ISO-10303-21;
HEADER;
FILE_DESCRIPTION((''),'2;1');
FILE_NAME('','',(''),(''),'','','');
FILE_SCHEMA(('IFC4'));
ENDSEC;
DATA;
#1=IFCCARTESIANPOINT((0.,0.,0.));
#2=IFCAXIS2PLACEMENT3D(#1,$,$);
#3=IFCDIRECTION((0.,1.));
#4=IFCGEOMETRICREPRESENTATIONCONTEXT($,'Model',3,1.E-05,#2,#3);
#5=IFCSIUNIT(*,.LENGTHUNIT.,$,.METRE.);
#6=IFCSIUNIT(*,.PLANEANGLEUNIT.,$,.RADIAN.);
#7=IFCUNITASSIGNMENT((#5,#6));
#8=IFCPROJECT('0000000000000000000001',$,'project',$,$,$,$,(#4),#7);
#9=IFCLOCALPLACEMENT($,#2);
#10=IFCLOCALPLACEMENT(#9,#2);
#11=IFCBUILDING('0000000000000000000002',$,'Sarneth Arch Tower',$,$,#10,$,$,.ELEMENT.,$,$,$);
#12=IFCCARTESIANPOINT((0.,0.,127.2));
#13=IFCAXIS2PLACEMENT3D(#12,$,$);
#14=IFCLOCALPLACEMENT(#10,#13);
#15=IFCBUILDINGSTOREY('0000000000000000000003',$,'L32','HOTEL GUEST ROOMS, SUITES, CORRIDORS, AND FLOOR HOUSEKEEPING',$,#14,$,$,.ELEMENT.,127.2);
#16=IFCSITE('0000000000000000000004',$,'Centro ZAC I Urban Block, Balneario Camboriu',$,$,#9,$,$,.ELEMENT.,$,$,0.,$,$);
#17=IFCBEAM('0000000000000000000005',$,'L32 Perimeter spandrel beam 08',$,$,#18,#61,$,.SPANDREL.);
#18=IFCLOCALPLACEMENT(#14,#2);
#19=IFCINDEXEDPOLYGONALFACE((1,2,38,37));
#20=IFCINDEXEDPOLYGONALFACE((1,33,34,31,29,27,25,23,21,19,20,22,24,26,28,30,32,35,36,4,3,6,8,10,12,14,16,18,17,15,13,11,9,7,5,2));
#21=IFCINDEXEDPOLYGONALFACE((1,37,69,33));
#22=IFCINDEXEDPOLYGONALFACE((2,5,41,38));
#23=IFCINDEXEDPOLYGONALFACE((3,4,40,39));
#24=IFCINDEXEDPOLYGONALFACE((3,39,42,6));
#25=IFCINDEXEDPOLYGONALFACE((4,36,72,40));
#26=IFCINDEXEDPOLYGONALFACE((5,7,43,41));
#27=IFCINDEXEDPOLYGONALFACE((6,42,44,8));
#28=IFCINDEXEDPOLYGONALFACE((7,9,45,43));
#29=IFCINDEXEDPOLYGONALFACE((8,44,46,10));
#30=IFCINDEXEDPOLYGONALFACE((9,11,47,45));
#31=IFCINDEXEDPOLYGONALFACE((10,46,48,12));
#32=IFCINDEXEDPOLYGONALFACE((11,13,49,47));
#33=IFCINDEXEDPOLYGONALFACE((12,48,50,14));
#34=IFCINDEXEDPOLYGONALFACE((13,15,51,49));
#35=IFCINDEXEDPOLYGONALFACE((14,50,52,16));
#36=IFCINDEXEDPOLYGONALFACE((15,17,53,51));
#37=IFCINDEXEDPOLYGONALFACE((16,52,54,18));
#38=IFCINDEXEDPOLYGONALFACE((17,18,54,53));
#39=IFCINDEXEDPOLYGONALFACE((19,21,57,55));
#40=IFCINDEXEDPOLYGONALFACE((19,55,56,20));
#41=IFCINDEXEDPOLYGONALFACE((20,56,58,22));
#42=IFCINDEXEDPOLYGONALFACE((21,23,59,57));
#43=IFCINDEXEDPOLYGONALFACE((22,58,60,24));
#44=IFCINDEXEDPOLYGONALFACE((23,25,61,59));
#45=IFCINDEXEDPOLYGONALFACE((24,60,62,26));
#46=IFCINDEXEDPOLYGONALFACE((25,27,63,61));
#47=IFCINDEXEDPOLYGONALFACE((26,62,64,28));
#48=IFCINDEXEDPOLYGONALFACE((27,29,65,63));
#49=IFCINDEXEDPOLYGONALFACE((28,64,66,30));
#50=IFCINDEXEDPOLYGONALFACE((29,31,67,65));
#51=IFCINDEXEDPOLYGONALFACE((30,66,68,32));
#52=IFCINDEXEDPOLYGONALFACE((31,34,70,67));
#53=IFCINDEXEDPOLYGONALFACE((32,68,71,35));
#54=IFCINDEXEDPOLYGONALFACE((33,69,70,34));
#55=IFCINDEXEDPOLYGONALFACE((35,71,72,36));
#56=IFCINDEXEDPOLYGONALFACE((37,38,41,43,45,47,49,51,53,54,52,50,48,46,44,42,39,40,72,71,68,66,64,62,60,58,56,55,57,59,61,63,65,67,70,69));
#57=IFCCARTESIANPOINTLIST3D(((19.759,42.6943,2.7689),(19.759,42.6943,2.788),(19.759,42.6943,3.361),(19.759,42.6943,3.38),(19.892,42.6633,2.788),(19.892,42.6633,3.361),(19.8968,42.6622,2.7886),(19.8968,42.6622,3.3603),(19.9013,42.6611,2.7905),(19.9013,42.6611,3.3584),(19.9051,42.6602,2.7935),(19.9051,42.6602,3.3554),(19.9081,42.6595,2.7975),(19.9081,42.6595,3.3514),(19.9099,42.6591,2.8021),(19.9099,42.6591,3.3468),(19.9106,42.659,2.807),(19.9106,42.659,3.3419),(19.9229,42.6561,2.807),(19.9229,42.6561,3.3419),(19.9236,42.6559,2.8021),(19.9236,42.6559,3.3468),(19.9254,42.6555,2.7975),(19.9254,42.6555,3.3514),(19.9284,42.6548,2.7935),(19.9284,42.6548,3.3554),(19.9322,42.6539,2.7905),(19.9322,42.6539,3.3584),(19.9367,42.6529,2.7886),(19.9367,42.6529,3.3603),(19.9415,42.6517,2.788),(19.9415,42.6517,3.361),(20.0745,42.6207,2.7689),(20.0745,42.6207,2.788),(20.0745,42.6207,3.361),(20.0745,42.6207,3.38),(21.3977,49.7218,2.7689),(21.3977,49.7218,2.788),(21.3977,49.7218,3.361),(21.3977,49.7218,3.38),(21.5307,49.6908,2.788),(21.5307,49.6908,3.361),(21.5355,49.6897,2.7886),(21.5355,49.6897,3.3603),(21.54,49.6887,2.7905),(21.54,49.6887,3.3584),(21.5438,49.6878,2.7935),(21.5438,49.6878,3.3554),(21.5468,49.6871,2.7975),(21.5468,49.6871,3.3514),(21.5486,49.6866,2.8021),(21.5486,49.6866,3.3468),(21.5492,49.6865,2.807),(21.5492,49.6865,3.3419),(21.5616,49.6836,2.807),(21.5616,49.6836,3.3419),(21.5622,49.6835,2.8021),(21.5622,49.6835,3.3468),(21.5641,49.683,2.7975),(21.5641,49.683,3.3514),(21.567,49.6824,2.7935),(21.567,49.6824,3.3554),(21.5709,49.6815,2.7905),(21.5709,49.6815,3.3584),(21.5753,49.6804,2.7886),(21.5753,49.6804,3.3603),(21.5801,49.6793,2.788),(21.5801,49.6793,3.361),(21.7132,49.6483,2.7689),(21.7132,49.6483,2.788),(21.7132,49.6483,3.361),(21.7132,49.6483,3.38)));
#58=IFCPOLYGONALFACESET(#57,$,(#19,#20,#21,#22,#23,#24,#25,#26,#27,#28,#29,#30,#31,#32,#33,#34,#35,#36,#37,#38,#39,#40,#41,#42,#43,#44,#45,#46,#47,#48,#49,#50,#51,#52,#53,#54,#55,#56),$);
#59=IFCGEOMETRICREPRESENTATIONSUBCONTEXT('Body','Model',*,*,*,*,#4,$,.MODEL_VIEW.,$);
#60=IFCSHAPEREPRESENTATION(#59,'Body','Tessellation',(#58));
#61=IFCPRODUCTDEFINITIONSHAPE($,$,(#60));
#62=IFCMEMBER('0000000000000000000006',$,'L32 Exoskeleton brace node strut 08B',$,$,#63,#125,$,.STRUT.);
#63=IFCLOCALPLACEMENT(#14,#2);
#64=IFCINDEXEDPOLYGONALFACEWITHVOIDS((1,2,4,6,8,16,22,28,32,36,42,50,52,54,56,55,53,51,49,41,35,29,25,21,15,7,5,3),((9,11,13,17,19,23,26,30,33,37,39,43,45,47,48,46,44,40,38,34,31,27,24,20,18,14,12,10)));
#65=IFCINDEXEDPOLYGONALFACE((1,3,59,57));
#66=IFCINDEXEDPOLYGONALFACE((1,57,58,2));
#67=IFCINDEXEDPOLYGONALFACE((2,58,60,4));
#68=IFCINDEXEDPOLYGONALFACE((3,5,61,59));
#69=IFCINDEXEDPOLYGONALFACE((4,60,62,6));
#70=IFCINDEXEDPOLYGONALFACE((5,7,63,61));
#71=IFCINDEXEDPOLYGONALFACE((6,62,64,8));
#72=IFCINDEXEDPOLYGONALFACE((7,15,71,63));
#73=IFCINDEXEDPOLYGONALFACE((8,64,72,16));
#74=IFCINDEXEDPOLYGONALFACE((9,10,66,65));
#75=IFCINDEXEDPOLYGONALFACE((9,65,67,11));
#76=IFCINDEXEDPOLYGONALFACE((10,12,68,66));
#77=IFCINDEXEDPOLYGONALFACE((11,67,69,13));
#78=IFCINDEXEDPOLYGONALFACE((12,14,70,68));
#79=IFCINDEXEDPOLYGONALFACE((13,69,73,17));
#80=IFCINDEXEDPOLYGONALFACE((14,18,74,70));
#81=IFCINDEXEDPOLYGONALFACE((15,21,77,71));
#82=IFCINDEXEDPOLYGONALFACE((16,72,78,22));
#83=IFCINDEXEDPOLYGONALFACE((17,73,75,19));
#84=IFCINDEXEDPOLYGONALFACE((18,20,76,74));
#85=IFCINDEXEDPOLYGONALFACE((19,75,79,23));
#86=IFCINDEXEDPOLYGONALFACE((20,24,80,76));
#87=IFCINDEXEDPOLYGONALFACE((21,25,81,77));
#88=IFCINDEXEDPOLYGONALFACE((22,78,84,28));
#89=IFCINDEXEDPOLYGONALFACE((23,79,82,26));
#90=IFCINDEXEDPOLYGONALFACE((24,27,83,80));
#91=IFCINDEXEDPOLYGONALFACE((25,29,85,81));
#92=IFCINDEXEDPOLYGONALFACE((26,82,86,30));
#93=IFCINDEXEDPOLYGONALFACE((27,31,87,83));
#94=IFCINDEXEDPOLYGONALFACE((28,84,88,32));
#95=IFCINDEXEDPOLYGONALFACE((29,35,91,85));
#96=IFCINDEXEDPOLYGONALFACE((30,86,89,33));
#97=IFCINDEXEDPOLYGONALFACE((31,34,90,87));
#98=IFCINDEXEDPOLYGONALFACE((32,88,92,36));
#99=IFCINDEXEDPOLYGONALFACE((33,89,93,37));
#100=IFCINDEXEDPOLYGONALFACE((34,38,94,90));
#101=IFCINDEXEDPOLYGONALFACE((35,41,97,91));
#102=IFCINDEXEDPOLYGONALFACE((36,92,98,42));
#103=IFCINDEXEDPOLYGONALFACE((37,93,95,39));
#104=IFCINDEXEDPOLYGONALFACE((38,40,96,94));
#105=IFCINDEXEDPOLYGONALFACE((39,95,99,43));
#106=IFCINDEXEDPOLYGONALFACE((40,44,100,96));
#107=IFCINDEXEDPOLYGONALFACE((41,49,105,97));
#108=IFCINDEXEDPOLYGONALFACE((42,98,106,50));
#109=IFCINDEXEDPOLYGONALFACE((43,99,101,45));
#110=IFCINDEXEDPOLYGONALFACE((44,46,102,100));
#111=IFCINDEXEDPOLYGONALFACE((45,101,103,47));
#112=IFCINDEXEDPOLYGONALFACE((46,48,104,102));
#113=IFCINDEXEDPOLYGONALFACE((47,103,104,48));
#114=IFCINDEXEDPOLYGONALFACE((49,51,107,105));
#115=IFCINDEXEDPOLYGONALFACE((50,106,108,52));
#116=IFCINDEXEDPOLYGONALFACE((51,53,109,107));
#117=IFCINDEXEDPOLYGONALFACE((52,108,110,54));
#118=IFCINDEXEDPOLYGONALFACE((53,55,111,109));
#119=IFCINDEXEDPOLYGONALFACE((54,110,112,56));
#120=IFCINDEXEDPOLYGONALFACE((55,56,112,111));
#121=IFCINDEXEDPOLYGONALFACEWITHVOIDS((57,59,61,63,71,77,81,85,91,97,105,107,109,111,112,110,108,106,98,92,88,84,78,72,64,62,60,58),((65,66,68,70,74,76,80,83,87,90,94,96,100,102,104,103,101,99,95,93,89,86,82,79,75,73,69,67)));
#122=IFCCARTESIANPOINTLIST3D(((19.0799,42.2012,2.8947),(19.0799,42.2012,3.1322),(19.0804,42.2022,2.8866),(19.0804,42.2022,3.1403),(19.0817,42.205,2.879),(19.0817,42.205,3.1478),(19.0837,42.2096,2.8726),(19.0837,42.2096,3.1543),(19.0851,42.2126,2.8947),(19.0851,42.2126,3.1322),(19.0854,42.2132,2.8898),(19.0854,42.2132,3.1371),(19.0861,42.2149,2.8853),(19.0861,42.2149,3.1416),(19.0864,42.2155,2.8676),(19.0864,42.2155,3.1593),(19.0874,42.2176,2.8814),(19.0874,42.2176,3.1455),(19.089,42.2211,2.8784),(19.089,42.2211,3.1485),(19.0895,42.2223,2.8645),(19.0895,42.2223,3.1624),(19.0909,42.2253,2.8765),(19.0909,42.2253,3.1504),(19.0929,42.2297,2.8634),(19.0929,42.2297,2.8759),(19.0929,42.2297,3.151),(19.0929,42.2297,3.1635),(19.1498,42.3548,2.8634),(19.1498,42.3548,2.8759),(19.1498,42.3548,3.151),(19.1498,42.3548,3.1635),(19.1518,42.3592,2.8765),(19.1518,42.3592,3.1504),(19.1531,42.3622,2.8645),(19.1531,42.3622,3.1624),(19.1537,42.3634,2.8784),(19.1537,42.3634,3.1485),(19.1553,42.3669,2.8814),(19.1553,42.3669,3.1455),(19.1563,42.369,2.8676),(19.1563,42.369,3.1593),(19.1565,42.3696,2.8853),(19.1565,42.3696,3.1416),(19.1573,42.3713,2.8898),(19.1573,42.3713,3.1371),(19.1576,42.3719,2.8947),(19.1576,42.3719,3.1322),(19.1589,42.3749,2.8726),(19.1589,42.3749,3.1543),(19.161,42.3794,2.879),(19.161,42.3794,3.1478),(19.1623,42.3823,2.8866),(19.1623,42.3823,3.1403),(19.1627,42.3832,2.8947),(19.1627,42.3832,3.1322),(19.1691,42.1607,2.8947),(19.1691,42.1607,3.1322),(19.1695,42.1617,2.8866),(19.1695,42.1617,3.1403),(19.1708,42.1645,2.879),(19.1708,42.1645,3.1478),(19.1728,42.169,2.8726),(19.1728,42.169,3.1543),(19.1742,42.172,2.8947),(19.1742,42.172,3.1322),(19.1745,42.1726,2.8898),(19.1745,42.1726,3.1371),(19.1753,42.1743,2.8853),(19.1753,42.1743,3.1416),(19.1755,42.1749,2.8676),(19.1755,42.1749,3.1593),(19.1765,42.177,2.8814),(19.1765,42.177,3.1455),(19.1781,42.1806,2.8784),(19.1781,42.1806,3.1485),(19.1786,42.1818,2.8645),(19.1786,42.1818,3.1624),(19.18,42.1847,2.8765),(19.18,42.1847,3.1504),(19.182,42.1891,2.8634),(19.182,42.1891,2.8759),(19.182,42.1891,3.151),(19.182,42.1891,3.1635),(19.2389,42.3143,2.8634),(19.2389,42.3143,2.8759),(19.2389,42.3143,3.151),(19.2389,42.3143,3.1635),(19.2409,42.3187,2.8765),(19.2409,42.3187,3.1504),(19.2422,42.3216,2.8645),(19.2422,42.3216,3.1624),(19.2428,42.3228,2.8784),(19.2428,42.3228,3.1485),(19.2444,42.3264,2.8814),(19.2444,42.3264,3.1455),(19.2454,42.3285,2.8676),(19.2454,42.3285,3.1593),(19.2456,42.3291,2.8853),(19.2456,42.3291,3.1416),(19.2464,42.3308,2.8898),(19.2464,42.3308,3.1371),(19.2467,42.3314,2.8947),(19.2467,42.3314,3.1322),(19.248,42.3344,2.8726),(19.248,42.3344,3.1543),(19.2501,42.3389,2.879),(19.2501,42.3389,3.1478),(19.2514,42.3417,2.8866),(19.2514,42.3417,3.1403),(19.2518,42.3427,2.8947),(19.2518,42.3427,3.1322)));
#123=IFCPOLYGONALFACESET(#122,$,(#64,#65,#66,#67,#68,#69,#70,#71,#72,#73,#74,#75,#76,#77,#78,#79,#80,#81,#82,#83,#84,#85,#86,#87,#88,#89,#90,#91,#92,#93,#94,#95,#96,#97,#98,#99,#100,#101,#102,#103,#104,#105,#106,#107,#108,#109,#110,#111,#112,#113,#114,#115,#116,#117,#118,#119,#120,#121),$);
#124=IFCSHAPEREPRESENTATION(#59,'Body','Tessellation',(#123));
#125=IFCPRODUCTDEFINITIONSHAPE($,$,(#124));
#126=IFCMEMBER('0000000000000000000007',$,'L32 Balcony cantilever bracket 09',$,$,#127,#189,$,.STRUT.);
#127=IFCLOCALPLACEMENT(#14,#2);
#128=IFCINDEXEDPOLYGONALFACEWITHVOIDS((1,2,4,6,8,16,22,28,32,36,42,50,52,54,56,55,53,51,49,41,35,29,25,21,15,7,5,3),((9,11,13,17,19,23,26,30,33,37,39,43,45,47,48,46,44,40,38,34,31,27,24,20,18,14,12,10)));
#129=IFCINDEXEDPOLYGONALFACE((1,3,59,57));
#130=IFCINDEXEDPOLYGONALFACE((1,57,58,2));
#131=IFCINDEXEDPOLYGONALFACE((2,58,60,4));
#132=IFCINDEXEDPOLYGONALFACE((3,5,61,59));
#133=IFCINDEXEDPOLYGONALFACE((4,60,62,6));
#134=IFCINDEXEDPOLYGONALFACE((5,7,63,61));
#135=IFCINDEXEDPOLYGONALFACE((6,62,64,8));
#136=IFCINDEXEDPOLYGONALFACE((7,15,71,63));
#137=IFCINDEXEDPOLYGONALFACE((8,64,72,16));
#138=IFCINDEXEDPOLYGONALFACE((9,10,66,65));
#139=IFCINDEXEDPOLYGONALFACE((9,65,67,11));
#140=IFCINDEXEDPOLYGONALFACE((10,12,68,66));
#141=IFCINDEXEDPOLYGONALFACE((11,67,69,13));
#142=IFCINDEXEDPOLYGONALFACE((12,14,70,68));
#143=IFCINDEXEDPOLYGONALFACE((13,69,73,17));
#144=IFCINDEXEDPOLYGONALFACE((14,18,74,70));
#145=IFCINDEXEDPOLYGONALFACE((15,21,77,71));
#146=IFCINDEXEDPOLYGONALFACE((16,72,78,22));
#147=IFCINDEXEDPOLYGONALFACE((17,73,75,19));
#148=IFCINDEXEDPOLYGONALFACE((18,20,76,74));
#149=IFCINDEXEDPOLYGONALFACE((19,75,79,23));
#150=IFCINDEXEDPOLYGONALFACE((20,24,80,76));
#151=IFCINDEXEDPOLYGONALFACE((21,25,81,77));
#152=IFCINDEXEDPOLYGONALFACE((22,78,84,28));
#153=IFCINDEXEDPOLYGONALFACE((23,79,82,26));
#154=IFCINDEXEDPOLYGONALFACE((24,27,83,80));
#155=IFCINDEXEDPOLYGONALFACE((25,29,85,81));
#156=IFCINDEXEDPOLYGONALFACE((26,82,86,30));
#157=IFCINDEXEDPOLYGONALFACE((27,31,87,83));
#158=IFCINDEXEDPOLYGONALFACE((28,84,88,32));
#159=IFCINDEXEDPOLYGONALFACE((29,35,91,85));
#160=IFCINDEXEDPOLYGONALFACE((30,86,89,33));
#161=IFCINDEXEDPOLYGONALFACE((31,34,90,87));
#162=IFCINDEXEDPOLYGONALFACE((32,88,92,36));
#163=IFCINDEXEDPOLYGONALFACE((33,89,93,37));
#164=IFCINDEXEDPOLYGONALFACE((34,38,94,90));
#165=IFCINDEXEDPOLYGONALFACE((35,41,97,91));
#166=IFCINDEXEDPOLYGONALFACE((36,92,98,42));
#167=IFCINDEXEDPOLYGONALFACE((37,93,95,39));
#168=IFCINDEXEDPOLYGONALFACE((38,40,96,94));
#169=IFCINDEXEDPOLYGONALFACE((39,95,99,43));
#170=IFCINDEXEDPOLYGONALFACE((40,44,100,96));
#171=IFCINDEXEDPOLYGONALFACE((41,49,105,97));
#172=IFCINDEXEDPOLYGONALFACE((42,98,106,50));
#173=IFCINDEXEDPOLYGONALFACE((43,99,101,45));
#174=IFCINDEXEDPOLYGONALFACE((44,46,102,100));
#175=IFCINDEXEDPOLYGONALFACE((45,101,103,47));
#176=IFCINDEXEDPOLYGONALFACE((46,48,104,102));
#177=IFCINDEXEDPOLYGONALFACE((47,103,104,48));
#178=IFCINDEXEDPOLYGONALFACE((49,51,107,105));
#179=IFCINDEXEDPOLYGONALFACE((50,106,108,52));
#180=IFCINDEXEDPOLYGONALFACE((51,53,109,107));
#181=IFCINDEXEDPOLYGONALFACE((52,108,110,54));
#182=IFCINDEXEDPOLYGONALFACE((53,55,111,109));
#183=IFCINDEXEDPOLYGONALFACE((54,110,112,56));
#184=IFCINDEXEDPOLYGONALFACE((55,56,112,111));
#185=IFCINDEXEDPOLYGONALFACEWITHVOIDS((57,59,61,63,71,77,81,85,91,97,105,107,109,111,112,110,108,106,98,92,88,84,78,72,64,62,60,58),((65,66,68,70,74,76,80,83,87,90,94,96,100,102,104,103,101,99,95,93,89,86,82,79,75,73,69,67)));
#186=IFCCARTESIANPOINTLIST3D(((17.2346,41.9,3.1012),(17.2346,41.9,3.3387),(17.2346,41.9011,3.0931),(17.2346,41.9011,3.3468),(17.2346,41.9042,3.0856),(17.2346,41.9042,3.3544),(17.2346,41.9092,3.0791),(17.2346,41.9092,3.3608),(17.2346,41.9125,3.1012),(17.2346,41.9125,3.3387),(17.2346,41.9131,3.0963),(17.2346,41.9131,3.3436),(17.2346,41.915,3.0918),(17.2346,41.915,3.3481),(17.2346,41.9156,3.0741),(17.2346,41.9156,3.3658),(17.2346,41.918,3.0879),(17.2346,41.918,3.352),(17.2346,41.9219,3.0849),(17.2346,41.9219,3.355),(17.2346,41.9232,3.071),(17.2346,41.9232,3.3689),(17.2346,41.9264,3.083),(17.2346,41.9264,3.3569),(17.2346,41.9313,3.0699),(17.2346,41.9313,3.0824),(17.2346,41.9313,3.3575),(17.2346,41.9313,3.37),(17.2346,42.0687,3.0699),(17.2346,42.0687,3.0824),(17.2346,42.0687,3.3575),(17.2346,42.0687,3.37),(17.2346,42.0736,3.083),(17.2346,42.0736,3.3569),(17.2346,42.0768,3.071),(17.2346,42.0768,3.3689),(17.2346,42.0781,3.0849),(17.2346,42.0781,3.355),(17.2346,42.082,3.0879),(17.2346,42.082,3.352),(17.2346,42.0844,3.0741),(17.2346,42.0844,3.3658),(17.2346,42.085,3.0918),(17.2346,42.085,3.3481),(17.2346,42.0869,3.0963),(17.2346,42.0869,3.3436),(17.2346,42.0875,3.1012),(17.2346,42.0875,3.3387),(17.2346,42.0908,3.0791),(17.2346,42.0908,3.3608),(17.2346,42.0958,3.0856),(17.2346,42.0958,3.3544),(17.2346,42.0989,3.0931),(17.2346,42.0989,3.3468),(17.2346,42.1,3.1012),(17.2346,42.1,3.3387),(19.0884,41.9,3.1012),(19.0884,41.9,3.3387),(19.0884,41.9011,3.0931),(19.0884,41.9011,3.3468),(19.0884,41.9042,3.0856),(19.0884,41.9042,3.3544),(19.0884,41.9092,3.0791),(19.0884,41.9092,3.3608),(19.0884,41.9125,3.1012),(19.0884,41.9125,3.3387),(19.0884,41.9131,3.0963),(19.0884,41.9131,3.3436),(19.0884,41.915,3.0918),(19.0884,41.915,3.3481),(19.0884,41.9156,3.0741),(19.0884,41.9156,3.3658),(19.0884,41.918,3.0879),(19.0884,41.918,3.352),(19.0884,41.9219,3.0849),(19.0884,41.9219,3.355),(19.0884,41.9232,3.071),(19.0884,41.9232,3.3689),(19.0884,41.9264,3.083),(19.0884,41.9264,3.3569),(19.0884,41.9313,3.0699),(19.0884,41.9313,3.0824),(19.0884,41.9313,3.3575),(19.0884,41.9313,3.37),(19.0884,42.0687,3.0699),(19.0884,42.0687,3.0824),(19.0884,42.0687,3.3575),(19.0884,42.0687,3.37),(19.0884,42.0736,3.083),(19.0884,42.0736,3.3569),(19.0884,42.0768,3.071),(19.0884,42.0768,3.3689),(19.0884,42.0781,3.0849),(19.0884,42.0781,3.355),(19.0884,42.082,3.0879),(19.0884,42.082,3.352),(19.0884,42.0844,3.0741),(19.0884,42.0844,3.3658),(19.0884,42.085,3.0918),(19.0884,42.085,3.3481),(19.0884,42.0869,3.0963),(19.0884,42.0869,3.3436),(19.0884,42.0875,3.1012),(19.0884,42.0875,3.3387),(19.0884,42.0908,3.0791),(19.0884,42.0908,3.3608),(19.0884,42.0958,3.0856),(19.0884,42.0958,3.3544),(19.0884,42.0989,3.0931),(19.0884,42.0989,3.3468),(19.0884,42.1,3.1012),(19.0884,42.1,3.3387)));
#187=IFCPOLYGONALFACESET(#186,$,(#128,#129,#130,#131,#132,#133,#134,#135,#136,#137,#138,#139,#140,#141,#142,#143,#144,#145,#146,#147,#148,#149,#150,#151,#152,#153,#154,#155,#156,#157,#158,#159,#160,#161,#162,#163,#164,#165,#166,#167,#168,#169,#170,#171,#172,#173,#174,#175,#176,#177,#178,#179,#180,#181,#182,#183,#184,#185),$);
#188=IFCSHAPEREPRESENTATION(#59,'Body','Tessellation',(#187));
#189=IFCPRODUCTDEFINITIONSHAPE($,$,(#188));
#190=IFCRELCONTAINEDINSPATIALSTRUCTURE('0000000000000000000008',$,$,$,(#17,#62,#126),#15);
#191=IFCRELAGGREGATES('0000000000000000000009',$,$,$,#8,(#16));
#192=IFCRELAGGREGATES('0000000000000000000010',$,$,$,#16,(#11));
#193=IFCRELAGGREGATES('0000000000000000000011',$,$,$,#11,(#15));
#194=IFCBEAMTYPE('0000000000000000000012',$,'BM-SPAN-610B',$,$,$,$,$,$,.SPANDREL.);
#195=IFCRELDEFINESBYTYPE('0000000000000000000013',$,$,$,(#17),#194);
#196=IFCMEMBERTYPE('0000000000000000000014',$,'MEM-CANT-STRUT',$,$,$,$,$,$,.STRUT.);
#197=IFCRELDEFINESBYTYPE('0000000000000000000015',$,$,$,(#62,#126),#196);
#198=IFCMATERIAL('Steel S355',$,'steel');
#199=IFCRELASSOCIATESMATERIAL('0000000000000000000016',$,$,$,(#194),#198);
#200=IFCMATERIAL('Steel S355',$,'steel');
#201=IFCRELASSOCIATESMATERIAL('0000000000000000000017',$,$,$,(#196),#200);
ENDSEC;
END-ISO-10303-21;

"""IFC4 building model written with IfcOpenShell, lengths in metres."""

from ifc_helpers import new_model, si_unit, direction, frame, origin, origin_2d, place, context, subcontext, project, spatial, hollow_rectangle, i_section, extrude, material, material_profile, profile_set, type_object, element, save


model = new_model("IFC4")

# Units and contexts
model_context = context("Model", 3, precision=1e-05, world=origin(), true_north=direction((0.0, 1.0)))
body_context = subcontext(model_context, "Body", "Model", "MODEL_VIEW")
ifc_project = project(units=[si_unit("LENGTHUNIT", "METRE"), si_unit("PLANEANGLEUNIT", "RADIAN")], contexts=[model_context])

# Site, building, storey
site_placement = place(None, origin())
site = spatial("IfcSite", under=ifc_project, at=site_placement, Name="Centro ZAC I Urban Block, Balneario Camboriu", CompositionType="ELEMENT", RefElevation=0.0)
building_placement = place(site_placement, origin())
building = spatial("IfcBuilding", under=site, at=building_placement, Name="Sarneth Arch Tower", CompositionType="ELEMENT")
storey_placement = place(building_placement, frame((0.0, 0.0, 127.2)))
storey = spatial("IfcBuildingStorey", under=building, at=storey_placement, Name="L32", Description="HOTEL GUEST ROOMS, SUITES, CORRIDORS, AND FLOOR HOUSEKEEPING", CompositionType="ELEMENT", Elevation=127.2)

# Beam
ifc_material_1 = material(Name="Steel S355", Category="steel")
ifc_material_profile_1 = material_profile(ifc_material_1, i_section(OverallWidth=0.324, OverallDepth=0.6111, WebThickness=0.0127, FlangeThickness=0.019, FilletRadius=0.019, at=origin_2d()), Name="W610x155")
ifc_profile_set_1 = profile_set([ifc_material_profile_1], Name="Steel S355")
beam_type_1 = type_object("IfcBeamType", Name="BM-SPAN-610B", PredefinedType="SPANDREL", material=ifc_profile_set_1)
beam_1_placement = place(storey_placement, frame((21.5554, 49.6851, 3.0745), z_axis=(-0.227085, -0.973875, 0.0), x_axis=(0.973875, -0.227085, 0.0)))
element("IfcBeam", 1, at=beam_1_placement, inside=storey, type_object=beam_type_1, Name="L32 Perimeter spandrel beam 08", PredefinedType="SPANDREL", context=body_context, shape_type="SweptSolid", body=[
    extrude(i_section(OverallWidth=0.324, OverallDepth=0.6111, WebThickness=0.0127, FlangeThickness=0.019, FilletRadius=0.019, at=origin_2d()), origin(), (0.0, 0.0, 1.0), 7.2161),
])

# Members
ifc_material_2 = material(Name="Steel S355", Category="steel")
ifc_material_profile_2 = material_profile(ifc_material_2, hollow_rectangle(XDim=0.2, YDim=0.3, WallThickness=0.0125, InnerFilletRadius=0.0188, OuterFilletRadius=0.0312, at=origin_2d()), Name="RHS300x200x12.5")
ifc_profile_set_2 = profile_set([ifc_material_profile_2], Name="Steel S355")
member_type_1 = type_object("IfcMemberType", Name="MEM-CANT-STRUT", PredefinedType="STRUT", material=ifc_profile_set_2)
member_1_placement = place(storey_placement, frame((19.2104, 42.2517, 3.0134), z_axis=(-0.910281, 0.413991, 0.0), x_axis=(-0.413991, -0.910281, 0.0)))
element("IfcMember", 2, at=member_1_placement, inside=storey, type_object=member_type_1, Name="L32 Exoskeleton brace node strut 08B", PredefinedType="STRUT", context=body_context, shape_type="SweptSolid", body=[
    extrude(hollow_rectangle(XDim=0.2, YDim=0.3, WallThickness=0.0125, InnerFilletRadius=0.0188, OuterFilletRadius=0.0312, at=origin_2d()), origin(), (0.0, 0.0, 1.0), 0.0979),
])
member_2_placement = place(storey_placement, frame((19.0884, 42.0, 3.22), z_axis=(-1.0, 0.0, 0.0), x_axis=(0.0, -1.0, 0.0)))
element("IfcMember", 3, at=member_2_placement, inside=storey, type_object=member_type_1, Name="L32 Balcony cantilever bracket 09", PredefinedType="STRUT", context=body_context, shape_type="SweptSolid", body=[
    extrude(hollow_rectangle(XDim=0.2, YDim=0.3, WallThickness=0.0125, InnerFilletRadius=0.0188, OuterFilletRadius=0.0312, at=origin_2d()), origin(), (0.0, 0.0, 1.0), 1.8538),
])

save(model, "model.ifc")
